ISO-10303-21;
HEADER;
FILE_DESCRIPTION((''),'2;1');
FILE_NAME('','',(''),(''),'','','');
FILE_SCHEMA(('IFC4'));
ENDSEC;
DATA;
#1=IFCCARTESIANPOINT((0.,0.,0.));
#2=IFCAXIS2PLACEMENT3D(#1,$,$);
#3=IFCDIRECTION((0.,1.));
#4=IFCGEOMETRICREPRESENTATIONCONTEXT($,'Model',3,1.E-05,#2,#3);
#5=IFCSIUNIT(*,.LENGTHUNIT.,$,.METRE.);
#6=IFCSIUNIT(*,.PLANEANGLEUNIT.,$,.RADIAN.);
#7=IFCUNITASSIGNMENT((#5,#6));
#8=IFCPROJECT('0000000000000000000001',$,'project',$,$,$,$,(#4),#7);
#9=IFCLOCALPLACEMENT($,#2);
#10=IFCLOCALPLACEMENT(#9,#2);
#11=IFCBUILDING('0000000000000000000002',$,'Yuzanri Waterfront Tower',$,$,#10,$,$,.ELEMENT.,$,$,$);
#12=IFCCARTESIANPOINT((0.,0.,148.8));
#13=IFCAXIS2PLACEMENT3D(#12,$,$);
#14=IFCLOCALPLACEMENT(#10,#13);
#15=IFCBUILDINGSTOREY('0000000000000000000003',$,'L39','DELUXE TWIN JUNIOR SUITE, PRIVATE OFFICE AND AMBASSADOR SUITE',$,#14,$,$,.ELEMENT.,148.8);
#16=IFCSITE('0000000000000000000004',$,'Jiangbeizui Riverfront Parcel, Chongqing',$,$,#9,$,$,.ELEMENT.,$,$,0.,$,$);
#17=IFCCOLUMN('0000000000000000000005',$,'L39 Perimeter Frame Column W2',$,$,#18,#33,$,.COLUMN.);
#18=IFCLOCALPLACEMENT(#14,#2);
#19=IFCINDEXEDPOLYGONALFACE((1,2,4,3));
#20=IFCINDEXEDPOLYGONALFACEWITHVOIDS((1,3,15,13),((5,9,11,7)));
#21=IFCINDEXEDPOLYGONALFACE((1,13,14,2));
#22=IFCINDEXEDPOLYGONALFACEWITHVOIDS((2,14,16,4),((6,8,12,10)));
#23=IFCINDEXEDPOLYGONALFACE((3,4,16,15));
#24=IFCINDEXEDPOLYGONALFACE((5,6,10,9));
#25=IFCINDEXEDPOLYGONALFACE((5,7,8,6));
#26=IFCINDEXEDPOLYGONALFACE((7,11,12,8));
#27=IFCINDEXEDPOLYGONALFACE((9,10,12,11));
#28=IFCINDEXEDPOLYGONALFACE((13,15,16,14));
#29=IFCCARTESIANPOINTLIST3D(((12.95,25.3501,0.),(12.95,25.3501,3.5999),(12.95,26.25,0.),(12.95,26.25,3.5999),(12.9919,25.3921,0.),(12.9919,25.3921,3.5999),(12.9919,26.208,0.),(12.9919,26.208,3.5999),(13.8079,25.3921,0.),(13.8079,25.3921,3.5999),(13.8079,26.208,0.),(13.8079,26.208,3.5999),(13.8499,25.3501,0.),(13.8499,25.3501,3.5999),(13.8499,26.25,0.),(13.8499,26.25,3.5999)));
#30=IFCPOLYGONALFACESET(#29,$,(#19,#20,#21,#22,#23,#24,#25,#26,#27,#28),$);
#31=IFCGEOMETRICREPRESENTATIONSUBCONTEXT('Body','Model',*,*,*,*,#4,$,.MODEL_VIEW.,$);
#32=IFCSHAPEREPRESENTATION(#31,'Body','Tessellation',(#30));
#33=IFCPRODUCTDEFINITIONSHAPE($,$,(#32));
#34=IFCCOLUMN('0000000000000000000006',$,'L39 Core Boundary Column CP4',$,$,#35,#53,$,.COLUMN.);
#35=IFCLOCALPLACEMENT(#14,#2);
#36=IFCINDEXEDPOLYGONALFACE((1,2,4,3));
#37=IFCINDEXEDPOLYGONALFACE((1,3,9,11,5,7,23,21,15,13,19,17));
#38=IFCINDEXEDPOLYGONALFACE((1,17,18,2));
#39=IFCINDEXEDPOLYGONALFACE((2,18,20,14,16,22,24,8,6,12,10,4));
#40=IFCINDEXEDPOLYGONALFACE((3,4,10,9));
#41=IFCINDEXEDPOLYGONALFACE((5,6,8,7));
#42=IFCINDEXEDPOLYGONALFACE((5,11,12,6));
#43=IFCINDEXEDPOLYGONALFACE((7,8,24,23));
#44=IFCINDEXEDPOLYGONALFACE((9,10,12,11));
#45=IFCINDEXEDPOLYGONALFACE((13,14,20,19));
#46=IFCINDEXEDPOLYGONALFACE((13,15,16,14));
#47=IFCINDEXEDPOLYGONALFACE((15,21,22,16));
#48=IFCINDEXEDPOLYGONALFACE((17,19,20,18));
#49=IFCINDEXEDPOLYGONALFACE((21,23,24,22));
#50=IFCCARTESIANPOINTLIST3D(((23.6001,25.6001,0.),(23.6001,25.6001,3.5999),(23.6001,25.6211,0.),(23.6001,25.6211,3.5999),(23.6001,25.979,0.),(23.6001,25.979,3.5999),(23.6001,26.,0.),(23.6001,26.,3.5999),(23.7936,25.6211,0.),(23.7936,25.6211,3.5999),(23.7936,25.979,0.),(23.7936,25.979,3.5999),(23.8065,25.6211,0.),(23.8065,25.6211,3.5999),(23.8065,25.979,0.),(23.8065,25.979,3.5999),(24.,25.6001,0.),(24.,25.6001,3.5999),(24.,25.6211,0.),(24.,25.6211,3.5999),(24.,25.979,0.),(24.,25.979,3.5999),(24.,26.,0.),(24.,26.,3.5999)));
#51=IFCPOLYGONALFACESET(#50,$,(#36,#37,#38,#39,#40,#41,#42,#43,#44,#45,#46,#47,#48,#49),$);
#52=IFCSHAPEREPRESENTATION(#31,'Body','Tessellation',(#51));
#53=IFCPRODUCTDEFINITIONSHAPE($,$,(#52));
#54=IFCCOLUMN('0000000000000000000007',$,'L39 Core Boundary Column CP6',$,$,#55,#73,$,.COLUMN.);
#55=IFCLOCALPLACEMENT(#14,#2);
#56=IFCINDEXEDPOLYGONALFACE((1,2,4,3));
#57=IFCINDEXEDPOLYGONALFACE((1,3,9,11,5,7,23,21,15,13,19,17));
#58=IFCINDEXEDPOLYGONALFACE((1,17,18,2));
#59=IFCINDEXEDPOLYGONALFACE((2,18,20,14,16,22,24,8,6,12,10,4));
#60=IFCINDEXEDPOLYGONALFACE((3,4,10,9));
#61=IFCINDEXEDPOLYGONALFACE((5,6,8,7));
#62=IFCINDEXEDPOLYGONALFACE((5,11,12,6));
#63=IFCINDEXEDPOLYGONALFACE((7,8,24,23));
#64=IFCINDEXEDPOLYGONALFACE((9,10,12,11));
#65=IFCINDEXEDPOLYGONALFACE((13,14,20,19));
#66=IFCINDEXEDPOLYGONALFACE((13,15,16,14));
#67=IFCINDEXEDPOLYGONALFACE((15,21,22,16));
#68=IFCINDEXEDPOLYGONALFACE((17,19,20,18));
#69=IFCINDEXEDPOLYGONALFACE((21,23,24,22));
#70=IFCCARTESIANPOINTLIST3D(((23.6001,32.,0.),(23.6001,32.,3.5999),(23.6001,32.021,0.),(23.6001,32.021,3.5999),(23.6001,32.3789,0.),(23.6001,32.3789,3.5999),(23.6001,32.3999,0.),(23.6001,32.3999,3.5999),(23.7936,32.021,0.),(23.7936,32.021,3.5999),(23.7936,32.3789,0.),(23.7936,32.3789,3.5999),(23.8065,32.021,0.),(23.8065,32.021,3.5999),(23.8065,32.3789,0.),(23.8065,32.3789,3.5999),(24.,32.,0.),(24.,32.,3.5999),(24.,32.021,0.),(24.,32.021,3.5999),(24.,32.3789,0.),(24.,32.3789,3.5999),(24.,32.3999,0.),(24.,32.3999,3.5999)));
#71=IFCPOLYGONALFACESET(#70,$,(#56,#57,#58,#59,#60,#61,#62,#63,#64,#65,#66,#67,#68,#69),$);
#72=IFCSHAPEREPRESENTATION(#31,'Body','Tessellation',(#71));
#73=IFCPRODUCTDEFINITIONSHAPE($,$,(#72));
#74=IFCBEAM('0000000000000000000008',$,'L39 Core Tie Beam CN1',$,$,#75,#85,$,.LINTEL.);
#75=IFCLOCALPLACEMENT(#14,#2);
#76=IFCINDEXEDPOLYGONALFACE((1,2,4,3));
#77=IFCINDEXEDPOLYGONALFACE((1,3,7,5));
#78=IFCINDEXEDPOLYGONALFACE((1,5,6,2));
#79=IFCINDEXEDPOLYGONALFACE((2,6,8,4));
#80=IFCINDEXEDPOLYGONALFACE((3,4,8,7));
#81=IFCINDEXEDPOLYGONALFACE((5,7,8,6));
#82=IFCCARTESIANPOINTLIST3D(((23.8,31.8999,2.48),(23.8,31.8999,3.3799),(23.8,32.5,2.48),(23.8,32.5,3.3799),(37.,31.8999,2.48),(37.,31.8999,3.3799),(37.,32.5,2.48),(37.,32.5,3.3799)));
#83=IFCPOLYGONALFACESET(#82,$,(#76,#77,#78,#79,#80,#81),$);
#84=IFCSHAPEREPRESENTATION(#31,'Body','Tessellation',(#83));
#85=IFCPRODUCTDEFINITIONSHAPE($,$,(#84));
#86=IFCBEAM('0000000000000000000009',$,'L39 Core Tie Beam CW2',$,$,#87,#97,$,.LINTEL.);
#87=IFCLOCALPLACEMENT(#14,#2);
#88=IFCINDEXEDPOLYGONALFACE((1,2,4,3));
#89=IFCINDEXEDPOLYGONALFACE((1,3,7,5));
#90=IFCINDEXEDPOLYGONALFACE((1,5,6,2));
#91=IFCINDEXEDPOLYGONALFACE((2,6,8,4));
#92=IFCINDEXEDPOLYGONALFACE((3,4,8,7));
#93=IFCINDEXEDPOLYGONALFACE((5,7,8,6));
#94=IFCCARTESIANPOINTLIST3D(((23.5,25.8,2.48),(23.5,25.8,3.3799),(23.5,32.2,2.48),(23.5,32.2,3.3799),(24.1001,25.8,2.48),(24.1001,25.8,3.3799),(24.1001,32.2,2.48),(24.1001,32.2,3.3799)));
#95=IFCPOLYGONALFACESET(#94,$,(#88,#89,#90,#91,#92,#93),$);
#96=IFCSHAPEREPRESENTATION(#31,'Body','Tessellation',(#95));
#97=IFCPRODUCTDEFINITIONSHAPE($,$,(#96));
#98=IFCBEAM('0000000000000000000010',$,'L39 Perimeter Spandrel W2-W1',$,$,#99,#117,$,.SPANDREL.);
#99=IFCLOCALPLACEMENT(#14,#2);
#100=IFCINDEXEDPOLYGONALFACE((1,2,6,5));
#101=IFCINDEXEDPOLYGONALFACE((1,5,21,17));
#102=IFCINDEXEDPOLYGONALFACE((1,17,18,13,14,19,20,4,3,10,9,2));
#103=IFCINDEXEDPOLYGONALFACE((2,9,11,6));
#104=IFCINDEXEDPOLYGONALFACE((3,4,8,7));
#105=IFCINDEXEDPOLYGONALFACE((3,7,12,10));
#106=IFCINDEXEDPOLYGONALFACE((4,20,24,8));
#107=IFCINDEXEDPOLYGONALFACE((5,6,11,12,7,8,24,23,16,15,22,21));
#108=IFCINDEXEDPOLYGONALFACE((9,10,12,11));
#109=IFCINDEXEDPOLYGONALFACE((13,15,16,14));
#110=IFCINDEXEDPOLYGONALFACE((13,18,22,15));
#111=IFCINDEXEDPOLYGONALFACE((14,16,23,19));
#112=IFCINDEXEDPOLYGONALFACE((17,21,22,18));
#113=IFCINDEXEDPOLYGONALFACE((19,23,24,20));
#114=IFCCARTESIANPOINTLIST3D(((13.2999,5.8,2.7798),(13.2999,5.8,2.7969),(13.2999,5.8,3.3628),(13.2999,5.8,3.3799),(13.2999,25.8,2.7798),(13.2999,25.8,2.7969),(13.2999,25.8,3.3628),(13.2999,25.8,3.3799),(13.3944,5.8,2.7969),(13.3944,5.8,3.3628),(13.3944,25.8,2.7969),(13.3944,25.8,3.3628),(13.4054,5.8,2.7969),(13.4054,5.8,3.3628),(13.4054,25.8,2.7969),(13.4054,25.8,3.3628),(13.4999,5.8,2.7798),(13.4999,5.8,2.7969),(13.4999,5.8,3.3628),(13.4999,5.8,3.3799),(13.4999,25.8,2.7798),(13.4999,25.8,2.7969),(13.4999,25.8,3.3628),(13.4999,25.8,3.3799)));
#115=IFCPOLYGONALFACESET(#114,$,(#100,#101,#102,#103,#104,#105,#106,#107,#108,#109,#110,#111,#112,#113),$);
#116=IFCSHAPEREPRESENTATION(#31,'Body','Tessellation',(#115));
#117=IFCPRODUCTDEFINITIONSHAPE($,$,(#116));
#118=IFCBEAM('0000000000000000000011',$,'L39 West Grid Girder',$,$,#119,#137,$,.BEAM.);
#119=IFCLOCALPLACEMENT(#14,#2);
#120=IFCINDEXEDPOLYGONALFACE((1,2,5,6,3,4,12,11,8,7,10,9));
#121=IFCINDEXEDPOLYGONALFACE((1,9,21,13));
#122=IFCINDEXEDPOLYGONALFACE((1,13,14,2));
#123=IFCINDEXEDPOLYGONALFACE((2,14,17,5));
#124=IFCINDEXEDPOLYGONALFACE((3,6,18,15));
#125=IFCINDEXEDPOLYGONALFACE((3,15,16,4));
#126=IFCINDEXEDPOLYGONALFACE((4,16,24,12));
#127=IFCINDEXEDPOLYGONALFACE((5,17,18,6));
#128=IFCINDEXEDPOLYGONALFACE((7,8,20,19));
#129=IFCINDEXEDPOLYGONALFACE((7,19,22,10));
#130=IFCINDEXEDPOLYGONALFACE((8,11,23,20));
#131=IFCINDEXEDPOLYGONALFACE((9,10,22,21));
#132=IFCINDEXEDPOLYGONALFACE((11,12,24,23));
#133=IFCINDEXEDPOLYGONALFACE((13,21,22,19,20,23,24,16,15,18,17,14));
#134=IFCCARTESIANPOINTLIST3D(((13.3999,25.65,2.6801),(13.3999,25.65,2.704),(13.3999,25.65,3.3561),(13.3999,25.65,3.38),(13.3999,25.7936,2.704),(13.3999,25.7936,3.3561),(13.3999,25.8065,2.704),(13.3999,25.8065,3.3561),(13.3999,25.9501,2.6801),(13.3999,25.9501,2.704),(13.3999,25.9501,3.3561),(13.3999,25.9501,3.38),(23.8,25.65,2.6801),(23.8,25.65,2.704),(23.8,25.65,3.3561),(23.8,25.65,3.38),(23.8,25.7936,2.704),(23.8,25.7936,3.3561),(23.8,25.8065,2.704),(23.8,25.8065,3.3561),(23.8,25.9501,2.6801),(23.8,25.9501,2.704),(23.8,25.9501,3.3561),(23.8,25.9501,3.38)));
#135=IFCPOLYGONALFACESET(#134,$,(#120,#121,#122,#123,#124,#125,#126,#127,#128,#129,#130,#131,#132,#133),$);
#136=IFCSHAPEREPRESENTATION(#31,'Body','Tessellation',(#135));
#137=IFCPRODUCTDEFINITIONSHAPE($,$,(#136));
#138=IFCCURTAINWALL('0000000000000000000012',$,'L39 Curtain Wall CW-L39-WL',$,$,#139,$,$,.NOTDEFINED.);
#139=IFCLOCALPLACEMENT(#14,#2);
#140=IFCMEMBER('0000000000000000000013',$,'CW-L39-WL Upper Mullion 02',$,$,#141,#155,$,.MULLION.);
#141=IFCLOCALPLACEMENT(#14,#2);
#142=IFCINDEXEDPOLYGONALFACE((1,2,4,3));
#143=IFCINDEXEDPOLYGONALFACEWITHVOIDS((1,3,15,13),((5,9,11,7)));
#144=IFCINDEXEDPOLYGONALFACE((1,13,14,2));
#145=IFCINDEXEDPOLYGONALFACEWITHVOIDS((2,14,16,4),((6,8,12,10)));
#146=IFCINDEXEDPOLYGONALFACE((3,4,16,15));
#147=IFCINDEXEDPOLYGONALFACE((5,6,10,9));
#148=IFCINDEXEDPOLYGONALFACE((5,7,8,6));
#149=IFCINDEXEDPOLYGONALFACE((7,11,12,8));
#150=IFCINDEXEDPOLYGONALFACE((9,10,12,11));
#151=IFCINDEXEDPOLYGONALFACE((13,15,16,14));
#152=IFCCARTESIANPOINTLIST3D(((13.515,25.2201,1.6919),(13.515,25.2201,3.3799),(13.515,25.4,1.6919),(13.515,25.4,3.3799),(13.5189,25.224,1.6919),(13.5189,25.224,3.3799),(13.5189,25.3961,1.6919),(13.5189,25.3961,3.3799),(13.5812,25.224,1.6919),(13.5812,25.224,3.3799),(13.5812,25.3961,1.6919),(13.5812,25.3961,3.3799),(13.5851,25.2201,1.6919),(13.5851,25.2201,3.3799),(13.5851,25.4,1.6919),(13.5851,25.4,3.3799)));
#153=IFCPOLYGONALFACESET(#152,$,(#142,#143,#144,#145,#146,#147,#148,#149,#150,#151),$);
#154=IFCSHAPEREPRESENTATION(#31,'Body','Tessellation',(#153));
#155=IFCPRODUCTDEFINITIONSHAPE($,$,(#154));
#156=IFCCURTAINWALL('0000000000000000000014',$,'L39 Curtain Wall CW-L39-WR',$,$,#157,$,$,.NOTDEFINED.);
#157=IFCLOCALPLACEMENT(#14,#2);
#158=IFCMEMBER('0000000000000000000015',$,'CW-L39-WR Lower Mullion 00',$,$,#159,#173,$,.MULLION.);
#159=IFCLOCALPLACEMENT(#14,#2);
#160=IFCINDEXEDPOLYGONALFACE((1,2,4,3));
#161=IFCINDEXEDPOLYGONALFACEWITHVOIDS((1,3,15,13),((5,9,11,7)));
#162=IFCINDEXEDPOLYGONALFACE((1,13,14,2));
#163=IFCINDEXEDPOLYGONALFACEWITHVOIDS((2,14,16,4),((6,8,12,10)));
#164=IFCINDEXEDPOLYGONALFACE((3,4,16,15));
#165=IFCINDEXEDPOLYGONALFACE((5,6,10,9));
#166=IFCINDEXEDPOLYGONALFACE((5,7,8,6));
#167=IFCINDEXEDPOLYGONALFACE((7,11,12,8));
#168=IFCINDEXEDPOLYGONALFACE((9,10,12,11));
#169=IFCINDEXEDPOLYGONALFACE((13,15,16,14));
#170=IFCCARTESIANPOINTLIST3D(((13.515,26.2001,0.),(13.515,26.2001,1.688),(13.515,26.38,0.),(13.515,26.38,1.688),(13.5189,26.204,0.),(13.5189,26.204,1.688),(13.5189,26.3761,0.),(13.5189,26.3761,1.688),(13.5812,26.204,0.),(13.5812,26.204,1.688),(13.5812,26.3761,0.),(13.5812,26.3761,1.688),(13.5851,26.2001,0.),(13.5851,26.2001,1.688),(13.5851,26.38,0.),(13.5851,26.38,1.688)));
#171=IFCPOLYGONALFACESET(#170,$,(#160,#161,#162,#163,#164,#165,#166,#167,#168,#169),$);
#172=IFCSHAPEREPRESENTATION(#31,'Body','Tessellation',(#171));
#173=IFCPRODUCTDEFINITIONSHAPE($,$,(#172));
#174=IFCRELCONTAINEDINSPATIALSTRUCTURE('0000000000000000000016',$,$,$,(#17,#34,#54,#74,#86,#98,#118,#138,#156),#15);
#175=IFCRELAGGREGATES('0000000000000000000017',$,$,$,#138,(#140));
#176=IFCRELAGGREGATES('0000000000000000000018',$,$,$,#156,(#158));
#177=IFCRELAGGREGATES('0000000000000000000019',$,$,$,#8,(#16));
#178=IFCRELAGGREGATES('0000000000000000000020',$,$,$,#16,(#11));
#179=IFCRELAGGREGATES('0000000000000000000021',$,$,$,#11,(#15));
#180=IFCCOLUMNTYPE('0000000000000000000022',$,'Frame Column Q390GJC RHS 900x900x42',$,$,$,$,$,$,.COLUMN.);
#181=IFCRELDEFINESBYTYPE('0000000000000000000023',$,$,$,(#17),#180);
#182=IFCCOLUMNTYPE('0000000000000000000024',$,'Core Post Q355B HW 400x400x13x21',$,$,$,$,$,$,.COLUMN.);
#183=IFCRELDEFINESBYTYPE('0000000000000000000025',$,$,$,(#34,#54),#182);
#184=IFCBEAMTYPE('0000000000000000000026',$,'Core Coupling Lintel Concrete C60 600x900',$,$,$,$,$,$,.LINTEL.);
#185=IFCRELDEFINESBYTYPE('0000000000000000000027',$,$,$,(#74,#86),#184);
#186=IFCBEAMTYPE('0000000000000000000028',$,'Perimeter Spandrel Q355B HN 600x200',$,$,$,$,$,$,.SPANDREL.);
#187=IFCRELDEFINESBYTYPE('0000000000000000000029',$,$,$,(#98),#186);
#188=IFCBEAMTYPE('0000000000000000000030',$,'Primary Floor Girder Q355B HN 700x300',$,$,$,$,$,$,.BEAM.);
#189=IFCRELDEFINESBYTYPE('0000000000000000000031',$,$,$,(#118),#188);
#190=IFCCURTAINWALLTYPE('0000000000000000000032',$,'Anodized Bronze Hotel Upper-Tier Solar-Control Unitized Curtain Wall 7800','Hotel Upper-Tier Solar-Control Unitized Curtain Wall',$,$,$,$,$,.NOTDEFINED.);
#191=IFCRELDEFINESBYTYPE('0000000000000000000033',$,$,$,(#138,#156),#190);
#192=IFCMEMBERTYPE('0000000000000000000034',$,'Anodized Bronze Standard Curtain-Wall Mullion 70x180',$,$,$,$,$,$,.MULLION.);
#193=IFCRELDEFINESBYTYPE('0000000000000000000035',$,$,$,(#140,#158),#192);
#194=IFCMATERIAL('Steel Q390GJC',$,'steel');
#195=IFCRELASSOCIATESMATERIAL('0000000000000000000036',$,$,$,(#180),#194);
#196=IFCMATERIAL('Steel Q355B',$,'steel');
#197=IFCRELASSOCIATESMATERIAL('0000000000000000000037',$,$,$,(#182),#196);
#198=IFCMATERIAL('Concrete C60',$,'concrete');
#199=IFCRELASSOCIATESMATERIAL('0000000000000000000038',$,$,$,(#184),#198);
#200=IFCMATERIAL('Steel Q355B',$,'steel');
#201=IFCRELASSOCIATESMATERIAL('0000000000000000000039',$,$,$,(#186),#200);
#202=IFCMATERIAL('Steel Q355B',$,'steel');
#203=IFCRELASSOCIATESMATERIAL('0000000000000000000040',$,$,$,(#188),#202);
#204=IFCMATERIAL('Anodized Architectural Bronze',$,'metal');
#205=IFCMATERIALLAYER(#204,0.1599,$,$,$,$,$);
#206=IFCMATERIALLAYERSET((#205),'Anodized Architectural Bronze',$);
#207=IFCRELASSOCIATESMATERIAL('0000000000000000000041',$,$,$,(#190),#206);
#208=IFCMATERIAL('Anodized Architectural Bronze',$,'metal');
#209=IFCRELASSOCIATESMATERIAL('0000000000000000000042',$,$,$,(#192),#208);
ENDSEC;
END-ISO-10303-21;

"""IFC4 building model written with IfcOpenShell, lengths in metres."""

from ifc_helpers import new_model, si_unit, direction, frame, origin, origin_2d, place, context, subcontext, project, spatial, rectangle, hollow_rectangle, i_section, extrude, source, transform, mapped, material, layer, layer_set, material_profile, profile_set, type_object, element, aggregate, save


model = new_model("IFC4")

# Units and contexts
model_context = context("Model", 3, precision=1e-05, world=origin(), true_north=direction((0.0, 1.0)))
body_context = subcontext(model_context, "Body", "Model", "MODEL_VIEW")
ifc_project = project(units=[si_unit("LENGTHUNIT", "METRE"), si_unit("PLANEANGLEUNIT", "RADIAN")], contexts=[model_context])

# Site, building, storey
site_placement = place(None, origin())
site = spatial("IfcSite", under=ifc_project, at=site_placement, Name="Jiangbeizui Riverfront Parcel, Chongqing", CompositionType="ELEMENT", RefElevation=0.0)
building_placement = place(site_placement, origin())
building = spatial("IfcBuilding", under=site, at=building_placement, Name="Yuzanri Waterfront Tower", CompositionType="ELEMENT")
storey_placement = place(building_placement, frame((0.0, 0.0, 148.8)))
storey = spatial("IfcBuildingStorey", under=building, at=storey_placement, Name="L39", Description="DELUXE TWIN JUNIOR SUITE, PRIVATE OFFICE AND AMBASSADOR SUITE", CompositionType="ELEMENT", Elevation=148.8)

# Columns
ifc_material_1 = material(Name="Steel Q390GJC", Category="steel")
ifc_material_profile_1 = material_profile(ifc_material_1, hollow_rectangle(XDim=0.8999, YDim=0.8999, WallThickness=0.042, at=origin_2d()), Name="RHS 900x900x42")
ifc_profile_set_1 = profile_set([ifc_material_profile_1], Name="Steel Q390GJC")
column_type_1 = type_object("IfcColumnType", Name="Frame Column Q390GJC RHS 900x900x42", PredefinedType="COLUMN", material=ifc_profile_set_1)
shared_shape_1 = source(origin(), body_context, "Body", "SweptSolid", [
    extrude(hollow_rectangle(XDim=0.8999, YDim=0.8999, WallThickness=0.042, at=origin_2d()), origin(), (0.0, 0.0, 1.0), 3.5999),
])
column_placement = place(storey_placement, frame((13.3999, 25.8, 0.0), z_axis=(0.0, 0.0, 1.0), x_axis=(1.0, 0.0, 0.0)))
element("IfcColumn", 1, at=column_placement, inside=storey, type_object=column_type_1, Name="L39 Perimeter Frame Column W2", PredefinedType="COLUMN", context=body_context, shape_type="MappedRepresentation", body=[
    mapped(shared_shape_1, transform((0.0, 0.0, 0.0), scale=1.0)),
])
ifc_material_2 = material(Name="Steel Q355B", Category="steel")
ifc_material_profile_2 = material_profile(ifc_material_2, i_section(OverallWidth=0.3999, OverallDepth=0.3999, WebThickness=0.0129, FlangeThickness=0.021, at=origin_2d()), Name="HW 400x400x13x21")
ifc_profile_set_2 = profile_set([ifc_material_profile_2], Name="Steel Q355B")
column_type_2 = type_object("IfcColumnType", Name="Core Post Q355B HW 400x400x13x21", PredefinedType="COLUMN", material=ifc_profile_set_2)
shared_shape_2 = source(origin(), body_context, "Body", "SweptSolid", [
    extrude(i_section(OverallWidth=0.3999, OverallDepth=0.3999, WebThickness=0.0129, FlangeThickness=0.021, at=origin_2d()), origin(), (0.0, 0.0, 1.0), 3.5999),
])
for number, where, z_axis, x_axis, name in (
    (2, (23.8, 25.8, 0.0), (0.0, 0.0, 1.0), (1.0, 0.0, 0.0), "L39 Core Boundary Column CP4"),
    (3, (23.8, 32.2, 0.0), (0.0, 0.0, 1.0), (1.0, 0.0, 0.0), "L39 Core Boundary Column CP6"),
):
    element("IfcColumn", number, at=place(storey_placement, frame(where, z_axis=z_axis, x_axis=x_axis)), inside=storey, type_object=column_type_2, Name=name, PredefinedType="COLUMN", context=body_context, shape_type="MappedRepresentation", body=[
        mapped(shared_shape_2, transform((0.0, 0.0, 0.0), scale=1.0)),
    ])

# Beams
ifc_material_3 = material(Name="Concrete C60", Category="concrete")
ifc_material_profile_3 = material_profile(ifc_material_3, rectangle(XDim=0.6001, YDim=0.8999, at=origin_2d()), Name="RC 600x900")
ifc_profile_set_3 = profile_set([ifc_material_profile_3], Name="Concrete C60")
beam_type_1 = type_object("IfcBeamType", Name="Core Coupling Lintel Concrete C60 600x900", PredefinedType="LINTEL", material=ifc_profile_set_3)
shared_shape_3 = source(origin(), body_context, "Body", "SweptSolid", [
    extrude(rectangle(XDim=0.6001, YDim=0.8999, at=origin_2d()), origin(), (0.0, 0.0, 1.0), 13.2),
])
beam_1_placement = place(storey_placement, frame((23.8, 32.2, 2.9299), z_axis=(1.0, 0.0, 0.0), x_axis=(0.0, 1.0, 0.0)))
element("IfcBeam", 4, at=beam_1_placement, inside=storey, type_object=beam_type_1, Name="L39 Core Tie Beam CN1", PredefinedType="LINTEL", context=body_context, shape_type="MappedRepresentation", body=[
    mapped(shared_shape_3, transform((0.0, 0.0, 0.0), scale=1.0)),
])
shared_shape_4 = source(origin(), body_context, "Body", "SweptSolid", [
    extrude(rectangle(XDim=0.6001, YDim=0.8999, at=origin_2d()), origin(), (0.0, 0.0, 1.0), 6.3999),
])
beam_2_placement = place(storey_placement, frame((23.8, 25.8, 2.9299), z_axis=(0.0, 1.0, 0.0), x_axis=(-1.0, 0.0, 0.0)))
element("IfcBeam", 5, at=beam_2_placement, inside=storey, type_object=beam_type_1, Name="L39 Core Tie Beam CW2", PredefinedType="LINTEL", context=body_context, shape_type="MappedRepresentation", body=[
    mapped(shared_shape_4, transform((0.0, 0.0, 0.0), scale=1.0)),
])
ifc_material_4 = material(Name="Steel Q355B", Category="steel")
ifc_material_profile_4 = material_profile(ifc_material_4, i_section(OverallWidth=0.2, OverallDepth=0.6001, WebThickness=0.011, FlangeThickness=0.0171, at=origin_2d()), Name="HN 600x200x11x17")
ifc_profile_set_4 = profile_set([ifc_material_profile_4], Name="Steel Q355B")
beam_type_2 = type_object("IfcBeamType", Name="Perimeter Spandrel Q355B HN 600x200", PredefinedType="SPANDREL", material=ifc_profile_set_4)
shared_shape_5 = source(origin(), body_context, "Body", "SweptSolid", [
    extrude(i_section(OverallWidth=0.2, OverallDepth=0.6001, WebThickness=0.011, FlangeThickness=0.0171, at=origin_2d()), origin(), (0.0, 0.0, 1.0), 20.0),
])
beam_3_placement = place(storey_placement, frame((13.3999, 25.8, 3.0798), z_axis=(0.0, -1.0, 0.0), x_axis=(1.0, 0.0, 0.0)))
element("IfcBeam", 6, at=beam_3_placement, inside=storey, type_object=beam_type_2, Name="L39 Perimeter Spandrel W2-W1", PredefinedType="SPANDREL", context=body_context, shape_type="MappedRepresentation", body=[
    mapped(shared_shape_5, transform((0.0, 0.0, 0.0), scale=1.0)),
])
ifc_material_5 = material(Name="Steel Q355B", Category="steel")
ifc_material_profile_5 = material_profile(ifc_material_5, i_section(OverallWidth=0.3, OverallDepth=0.7, WebThickness=0.0129, FlangeThickness=0.0239, at=origin_2d()), Name="HN 700x300x13x24")
ifc_profile_set_5 = profile_set([ifc_material_profile_5], Name="Steel Q355B")
beam_type_3 = type_object("IfcBeamType", Name="Primary Floor Girder Q355B HN 700x300", PredefinedType="BEAM", material=ifc_profile_set_5)
shared_shape_6 = source(origin(), body_context, "Body", "SweptSolid", [
    extrude(i_section(OverallWidth=0.3, OverallDepth=0.7, WebThickness=0.0129, FlangeThickness=0.0239, at=origin_2d()), origin(), (0.0, 0.0, 1.0), 10.4001),
])
beam_4_placement = place(storey_placement, frame((23.8, 25.8, 3.03), z_axis=(-1.0, 0.0, 0.0), x_axis=(0.0, -1.0, 0.0)))
element("IfcBeam", 7, at=beam_4_placement, inside=storey, type_object=beam_type_3, Name="L39 West Grid Girder", PredefinedType="BEAM", context=body_context, shape_type="MappedRepresentation", body=[
    mapped(shared_shape_6, transform((0.0, 0.0, 0.0), scale=1.0)),
])

# Curtain wall, member
ifc_material_6 = material(Name="Anodized Architectural Bronze", Category="metal")
ifc_layer_1 = layer(ifc_material_6, 0.1599)
ifc_layer_set_1 = layer_set([ifc_layer_1], Name="Anodized Architectural Bronze")
curtain_wall_type = type_object("IfcCurtainWallType", Name="Anodized Bronze Hotel Upper-Tier Solar-Control Unitized Curtain Wall 7800", Description="Hotel Upper-Tier Solar-Control Unitized Curtain Wall", PredefinedType="NOTDEFINED", material=ifc_layer_set_1)
curtain_wall_1_placement = place(storey_placement, origin())
curtain_wall_1 = element("IfcCurtainWall", 8, at=curtain_wall_1_placement, inside=storey, type_object=curtain_wall_type, Name="L39 Curtain Wall CW-L39-WL", PredefinedType="NOTDEFINED")
ifc_material_7 = material(Name="Anodized Architectural Bronze", Category="metal")
ifc_material_profile_6 = material_profile(ifc_material_7, hollow_rectangle(XDim=0.0701, YDim=0.1799, WallThickness=0.0039, at=origin_2d()), Name="CWM 70x180")
ifc_profile_set_6 = profile_set([ifc_material_profile_6], Name="Anodized Architectural Bronze")
member_type_1 = type_object("IfcMemberType", Name="Anodized Bronze Standard Curtain-Wall Mullion 70x180", PredefinedType="MULLION", material=ifc_profile_set_6)
shared_shape_7 = source(origin(), body_context, "Body", "SweptSolid", [
    extrude(hollow_rectangle(XDim=0.0701, YDim=0.1799, WallThickness=0.0039, at=origin_2d()), origin(), (0.0, 0.0, 1.0), 1.688),
])
member_1_placement = place(storey_placement, frame((13.55, 25.3101, 1.6919), z_axis=(0.0, 0.0, 1.0), x_axis=(1.0, 0.0, 0.0)))
member_1 = element("IfcMember", 9, at=member_1_placement, type_object=member_type_1, Name="CW-L39-WL Upper Mullion 02", PredefinedType="MULLION", context=body_context, shape_type="MappedRepresentation", body=[
    mapped(shared_shape_7, transform((0.0, 0.0, 0.0), scale=1.0)),
])
aggregate(curtain_wall_1, [member_1])

# Curtain wall, member
curtain_wall_2_placement = place(storey_placement, origin())
curtain_wall_2 = element("IfcCurtainWall", 10, at=curtain_wall_2_placement, inside=storey, type_object=curtain_wall_type, Name="L39 Curtain Wall CW-L39-WR", PredefinedType="NOTDEFINED")
member_2_placement = place(storey_placement, frame((13.55, 26.29, 0.0), z_axis=(0.0, 0.0, 1.0), x_axis=(1.0, 0.0, 0.0)))
member_2 = element("IfcMember", 11, at=member_2_placement, type_object=member_type_1, Name="CW-L39-WR Lower Mullion 00", PredefinedType="MULLION", context=body_context, shape_type="MappedRepresentation", body=[
    mapped(shared_shape_7, transform((0.0, 0.0, 0.0), scale=1.0)),
])
aggregate(curtain_wall_2, [member_2])

save(model, "model.ifc")
